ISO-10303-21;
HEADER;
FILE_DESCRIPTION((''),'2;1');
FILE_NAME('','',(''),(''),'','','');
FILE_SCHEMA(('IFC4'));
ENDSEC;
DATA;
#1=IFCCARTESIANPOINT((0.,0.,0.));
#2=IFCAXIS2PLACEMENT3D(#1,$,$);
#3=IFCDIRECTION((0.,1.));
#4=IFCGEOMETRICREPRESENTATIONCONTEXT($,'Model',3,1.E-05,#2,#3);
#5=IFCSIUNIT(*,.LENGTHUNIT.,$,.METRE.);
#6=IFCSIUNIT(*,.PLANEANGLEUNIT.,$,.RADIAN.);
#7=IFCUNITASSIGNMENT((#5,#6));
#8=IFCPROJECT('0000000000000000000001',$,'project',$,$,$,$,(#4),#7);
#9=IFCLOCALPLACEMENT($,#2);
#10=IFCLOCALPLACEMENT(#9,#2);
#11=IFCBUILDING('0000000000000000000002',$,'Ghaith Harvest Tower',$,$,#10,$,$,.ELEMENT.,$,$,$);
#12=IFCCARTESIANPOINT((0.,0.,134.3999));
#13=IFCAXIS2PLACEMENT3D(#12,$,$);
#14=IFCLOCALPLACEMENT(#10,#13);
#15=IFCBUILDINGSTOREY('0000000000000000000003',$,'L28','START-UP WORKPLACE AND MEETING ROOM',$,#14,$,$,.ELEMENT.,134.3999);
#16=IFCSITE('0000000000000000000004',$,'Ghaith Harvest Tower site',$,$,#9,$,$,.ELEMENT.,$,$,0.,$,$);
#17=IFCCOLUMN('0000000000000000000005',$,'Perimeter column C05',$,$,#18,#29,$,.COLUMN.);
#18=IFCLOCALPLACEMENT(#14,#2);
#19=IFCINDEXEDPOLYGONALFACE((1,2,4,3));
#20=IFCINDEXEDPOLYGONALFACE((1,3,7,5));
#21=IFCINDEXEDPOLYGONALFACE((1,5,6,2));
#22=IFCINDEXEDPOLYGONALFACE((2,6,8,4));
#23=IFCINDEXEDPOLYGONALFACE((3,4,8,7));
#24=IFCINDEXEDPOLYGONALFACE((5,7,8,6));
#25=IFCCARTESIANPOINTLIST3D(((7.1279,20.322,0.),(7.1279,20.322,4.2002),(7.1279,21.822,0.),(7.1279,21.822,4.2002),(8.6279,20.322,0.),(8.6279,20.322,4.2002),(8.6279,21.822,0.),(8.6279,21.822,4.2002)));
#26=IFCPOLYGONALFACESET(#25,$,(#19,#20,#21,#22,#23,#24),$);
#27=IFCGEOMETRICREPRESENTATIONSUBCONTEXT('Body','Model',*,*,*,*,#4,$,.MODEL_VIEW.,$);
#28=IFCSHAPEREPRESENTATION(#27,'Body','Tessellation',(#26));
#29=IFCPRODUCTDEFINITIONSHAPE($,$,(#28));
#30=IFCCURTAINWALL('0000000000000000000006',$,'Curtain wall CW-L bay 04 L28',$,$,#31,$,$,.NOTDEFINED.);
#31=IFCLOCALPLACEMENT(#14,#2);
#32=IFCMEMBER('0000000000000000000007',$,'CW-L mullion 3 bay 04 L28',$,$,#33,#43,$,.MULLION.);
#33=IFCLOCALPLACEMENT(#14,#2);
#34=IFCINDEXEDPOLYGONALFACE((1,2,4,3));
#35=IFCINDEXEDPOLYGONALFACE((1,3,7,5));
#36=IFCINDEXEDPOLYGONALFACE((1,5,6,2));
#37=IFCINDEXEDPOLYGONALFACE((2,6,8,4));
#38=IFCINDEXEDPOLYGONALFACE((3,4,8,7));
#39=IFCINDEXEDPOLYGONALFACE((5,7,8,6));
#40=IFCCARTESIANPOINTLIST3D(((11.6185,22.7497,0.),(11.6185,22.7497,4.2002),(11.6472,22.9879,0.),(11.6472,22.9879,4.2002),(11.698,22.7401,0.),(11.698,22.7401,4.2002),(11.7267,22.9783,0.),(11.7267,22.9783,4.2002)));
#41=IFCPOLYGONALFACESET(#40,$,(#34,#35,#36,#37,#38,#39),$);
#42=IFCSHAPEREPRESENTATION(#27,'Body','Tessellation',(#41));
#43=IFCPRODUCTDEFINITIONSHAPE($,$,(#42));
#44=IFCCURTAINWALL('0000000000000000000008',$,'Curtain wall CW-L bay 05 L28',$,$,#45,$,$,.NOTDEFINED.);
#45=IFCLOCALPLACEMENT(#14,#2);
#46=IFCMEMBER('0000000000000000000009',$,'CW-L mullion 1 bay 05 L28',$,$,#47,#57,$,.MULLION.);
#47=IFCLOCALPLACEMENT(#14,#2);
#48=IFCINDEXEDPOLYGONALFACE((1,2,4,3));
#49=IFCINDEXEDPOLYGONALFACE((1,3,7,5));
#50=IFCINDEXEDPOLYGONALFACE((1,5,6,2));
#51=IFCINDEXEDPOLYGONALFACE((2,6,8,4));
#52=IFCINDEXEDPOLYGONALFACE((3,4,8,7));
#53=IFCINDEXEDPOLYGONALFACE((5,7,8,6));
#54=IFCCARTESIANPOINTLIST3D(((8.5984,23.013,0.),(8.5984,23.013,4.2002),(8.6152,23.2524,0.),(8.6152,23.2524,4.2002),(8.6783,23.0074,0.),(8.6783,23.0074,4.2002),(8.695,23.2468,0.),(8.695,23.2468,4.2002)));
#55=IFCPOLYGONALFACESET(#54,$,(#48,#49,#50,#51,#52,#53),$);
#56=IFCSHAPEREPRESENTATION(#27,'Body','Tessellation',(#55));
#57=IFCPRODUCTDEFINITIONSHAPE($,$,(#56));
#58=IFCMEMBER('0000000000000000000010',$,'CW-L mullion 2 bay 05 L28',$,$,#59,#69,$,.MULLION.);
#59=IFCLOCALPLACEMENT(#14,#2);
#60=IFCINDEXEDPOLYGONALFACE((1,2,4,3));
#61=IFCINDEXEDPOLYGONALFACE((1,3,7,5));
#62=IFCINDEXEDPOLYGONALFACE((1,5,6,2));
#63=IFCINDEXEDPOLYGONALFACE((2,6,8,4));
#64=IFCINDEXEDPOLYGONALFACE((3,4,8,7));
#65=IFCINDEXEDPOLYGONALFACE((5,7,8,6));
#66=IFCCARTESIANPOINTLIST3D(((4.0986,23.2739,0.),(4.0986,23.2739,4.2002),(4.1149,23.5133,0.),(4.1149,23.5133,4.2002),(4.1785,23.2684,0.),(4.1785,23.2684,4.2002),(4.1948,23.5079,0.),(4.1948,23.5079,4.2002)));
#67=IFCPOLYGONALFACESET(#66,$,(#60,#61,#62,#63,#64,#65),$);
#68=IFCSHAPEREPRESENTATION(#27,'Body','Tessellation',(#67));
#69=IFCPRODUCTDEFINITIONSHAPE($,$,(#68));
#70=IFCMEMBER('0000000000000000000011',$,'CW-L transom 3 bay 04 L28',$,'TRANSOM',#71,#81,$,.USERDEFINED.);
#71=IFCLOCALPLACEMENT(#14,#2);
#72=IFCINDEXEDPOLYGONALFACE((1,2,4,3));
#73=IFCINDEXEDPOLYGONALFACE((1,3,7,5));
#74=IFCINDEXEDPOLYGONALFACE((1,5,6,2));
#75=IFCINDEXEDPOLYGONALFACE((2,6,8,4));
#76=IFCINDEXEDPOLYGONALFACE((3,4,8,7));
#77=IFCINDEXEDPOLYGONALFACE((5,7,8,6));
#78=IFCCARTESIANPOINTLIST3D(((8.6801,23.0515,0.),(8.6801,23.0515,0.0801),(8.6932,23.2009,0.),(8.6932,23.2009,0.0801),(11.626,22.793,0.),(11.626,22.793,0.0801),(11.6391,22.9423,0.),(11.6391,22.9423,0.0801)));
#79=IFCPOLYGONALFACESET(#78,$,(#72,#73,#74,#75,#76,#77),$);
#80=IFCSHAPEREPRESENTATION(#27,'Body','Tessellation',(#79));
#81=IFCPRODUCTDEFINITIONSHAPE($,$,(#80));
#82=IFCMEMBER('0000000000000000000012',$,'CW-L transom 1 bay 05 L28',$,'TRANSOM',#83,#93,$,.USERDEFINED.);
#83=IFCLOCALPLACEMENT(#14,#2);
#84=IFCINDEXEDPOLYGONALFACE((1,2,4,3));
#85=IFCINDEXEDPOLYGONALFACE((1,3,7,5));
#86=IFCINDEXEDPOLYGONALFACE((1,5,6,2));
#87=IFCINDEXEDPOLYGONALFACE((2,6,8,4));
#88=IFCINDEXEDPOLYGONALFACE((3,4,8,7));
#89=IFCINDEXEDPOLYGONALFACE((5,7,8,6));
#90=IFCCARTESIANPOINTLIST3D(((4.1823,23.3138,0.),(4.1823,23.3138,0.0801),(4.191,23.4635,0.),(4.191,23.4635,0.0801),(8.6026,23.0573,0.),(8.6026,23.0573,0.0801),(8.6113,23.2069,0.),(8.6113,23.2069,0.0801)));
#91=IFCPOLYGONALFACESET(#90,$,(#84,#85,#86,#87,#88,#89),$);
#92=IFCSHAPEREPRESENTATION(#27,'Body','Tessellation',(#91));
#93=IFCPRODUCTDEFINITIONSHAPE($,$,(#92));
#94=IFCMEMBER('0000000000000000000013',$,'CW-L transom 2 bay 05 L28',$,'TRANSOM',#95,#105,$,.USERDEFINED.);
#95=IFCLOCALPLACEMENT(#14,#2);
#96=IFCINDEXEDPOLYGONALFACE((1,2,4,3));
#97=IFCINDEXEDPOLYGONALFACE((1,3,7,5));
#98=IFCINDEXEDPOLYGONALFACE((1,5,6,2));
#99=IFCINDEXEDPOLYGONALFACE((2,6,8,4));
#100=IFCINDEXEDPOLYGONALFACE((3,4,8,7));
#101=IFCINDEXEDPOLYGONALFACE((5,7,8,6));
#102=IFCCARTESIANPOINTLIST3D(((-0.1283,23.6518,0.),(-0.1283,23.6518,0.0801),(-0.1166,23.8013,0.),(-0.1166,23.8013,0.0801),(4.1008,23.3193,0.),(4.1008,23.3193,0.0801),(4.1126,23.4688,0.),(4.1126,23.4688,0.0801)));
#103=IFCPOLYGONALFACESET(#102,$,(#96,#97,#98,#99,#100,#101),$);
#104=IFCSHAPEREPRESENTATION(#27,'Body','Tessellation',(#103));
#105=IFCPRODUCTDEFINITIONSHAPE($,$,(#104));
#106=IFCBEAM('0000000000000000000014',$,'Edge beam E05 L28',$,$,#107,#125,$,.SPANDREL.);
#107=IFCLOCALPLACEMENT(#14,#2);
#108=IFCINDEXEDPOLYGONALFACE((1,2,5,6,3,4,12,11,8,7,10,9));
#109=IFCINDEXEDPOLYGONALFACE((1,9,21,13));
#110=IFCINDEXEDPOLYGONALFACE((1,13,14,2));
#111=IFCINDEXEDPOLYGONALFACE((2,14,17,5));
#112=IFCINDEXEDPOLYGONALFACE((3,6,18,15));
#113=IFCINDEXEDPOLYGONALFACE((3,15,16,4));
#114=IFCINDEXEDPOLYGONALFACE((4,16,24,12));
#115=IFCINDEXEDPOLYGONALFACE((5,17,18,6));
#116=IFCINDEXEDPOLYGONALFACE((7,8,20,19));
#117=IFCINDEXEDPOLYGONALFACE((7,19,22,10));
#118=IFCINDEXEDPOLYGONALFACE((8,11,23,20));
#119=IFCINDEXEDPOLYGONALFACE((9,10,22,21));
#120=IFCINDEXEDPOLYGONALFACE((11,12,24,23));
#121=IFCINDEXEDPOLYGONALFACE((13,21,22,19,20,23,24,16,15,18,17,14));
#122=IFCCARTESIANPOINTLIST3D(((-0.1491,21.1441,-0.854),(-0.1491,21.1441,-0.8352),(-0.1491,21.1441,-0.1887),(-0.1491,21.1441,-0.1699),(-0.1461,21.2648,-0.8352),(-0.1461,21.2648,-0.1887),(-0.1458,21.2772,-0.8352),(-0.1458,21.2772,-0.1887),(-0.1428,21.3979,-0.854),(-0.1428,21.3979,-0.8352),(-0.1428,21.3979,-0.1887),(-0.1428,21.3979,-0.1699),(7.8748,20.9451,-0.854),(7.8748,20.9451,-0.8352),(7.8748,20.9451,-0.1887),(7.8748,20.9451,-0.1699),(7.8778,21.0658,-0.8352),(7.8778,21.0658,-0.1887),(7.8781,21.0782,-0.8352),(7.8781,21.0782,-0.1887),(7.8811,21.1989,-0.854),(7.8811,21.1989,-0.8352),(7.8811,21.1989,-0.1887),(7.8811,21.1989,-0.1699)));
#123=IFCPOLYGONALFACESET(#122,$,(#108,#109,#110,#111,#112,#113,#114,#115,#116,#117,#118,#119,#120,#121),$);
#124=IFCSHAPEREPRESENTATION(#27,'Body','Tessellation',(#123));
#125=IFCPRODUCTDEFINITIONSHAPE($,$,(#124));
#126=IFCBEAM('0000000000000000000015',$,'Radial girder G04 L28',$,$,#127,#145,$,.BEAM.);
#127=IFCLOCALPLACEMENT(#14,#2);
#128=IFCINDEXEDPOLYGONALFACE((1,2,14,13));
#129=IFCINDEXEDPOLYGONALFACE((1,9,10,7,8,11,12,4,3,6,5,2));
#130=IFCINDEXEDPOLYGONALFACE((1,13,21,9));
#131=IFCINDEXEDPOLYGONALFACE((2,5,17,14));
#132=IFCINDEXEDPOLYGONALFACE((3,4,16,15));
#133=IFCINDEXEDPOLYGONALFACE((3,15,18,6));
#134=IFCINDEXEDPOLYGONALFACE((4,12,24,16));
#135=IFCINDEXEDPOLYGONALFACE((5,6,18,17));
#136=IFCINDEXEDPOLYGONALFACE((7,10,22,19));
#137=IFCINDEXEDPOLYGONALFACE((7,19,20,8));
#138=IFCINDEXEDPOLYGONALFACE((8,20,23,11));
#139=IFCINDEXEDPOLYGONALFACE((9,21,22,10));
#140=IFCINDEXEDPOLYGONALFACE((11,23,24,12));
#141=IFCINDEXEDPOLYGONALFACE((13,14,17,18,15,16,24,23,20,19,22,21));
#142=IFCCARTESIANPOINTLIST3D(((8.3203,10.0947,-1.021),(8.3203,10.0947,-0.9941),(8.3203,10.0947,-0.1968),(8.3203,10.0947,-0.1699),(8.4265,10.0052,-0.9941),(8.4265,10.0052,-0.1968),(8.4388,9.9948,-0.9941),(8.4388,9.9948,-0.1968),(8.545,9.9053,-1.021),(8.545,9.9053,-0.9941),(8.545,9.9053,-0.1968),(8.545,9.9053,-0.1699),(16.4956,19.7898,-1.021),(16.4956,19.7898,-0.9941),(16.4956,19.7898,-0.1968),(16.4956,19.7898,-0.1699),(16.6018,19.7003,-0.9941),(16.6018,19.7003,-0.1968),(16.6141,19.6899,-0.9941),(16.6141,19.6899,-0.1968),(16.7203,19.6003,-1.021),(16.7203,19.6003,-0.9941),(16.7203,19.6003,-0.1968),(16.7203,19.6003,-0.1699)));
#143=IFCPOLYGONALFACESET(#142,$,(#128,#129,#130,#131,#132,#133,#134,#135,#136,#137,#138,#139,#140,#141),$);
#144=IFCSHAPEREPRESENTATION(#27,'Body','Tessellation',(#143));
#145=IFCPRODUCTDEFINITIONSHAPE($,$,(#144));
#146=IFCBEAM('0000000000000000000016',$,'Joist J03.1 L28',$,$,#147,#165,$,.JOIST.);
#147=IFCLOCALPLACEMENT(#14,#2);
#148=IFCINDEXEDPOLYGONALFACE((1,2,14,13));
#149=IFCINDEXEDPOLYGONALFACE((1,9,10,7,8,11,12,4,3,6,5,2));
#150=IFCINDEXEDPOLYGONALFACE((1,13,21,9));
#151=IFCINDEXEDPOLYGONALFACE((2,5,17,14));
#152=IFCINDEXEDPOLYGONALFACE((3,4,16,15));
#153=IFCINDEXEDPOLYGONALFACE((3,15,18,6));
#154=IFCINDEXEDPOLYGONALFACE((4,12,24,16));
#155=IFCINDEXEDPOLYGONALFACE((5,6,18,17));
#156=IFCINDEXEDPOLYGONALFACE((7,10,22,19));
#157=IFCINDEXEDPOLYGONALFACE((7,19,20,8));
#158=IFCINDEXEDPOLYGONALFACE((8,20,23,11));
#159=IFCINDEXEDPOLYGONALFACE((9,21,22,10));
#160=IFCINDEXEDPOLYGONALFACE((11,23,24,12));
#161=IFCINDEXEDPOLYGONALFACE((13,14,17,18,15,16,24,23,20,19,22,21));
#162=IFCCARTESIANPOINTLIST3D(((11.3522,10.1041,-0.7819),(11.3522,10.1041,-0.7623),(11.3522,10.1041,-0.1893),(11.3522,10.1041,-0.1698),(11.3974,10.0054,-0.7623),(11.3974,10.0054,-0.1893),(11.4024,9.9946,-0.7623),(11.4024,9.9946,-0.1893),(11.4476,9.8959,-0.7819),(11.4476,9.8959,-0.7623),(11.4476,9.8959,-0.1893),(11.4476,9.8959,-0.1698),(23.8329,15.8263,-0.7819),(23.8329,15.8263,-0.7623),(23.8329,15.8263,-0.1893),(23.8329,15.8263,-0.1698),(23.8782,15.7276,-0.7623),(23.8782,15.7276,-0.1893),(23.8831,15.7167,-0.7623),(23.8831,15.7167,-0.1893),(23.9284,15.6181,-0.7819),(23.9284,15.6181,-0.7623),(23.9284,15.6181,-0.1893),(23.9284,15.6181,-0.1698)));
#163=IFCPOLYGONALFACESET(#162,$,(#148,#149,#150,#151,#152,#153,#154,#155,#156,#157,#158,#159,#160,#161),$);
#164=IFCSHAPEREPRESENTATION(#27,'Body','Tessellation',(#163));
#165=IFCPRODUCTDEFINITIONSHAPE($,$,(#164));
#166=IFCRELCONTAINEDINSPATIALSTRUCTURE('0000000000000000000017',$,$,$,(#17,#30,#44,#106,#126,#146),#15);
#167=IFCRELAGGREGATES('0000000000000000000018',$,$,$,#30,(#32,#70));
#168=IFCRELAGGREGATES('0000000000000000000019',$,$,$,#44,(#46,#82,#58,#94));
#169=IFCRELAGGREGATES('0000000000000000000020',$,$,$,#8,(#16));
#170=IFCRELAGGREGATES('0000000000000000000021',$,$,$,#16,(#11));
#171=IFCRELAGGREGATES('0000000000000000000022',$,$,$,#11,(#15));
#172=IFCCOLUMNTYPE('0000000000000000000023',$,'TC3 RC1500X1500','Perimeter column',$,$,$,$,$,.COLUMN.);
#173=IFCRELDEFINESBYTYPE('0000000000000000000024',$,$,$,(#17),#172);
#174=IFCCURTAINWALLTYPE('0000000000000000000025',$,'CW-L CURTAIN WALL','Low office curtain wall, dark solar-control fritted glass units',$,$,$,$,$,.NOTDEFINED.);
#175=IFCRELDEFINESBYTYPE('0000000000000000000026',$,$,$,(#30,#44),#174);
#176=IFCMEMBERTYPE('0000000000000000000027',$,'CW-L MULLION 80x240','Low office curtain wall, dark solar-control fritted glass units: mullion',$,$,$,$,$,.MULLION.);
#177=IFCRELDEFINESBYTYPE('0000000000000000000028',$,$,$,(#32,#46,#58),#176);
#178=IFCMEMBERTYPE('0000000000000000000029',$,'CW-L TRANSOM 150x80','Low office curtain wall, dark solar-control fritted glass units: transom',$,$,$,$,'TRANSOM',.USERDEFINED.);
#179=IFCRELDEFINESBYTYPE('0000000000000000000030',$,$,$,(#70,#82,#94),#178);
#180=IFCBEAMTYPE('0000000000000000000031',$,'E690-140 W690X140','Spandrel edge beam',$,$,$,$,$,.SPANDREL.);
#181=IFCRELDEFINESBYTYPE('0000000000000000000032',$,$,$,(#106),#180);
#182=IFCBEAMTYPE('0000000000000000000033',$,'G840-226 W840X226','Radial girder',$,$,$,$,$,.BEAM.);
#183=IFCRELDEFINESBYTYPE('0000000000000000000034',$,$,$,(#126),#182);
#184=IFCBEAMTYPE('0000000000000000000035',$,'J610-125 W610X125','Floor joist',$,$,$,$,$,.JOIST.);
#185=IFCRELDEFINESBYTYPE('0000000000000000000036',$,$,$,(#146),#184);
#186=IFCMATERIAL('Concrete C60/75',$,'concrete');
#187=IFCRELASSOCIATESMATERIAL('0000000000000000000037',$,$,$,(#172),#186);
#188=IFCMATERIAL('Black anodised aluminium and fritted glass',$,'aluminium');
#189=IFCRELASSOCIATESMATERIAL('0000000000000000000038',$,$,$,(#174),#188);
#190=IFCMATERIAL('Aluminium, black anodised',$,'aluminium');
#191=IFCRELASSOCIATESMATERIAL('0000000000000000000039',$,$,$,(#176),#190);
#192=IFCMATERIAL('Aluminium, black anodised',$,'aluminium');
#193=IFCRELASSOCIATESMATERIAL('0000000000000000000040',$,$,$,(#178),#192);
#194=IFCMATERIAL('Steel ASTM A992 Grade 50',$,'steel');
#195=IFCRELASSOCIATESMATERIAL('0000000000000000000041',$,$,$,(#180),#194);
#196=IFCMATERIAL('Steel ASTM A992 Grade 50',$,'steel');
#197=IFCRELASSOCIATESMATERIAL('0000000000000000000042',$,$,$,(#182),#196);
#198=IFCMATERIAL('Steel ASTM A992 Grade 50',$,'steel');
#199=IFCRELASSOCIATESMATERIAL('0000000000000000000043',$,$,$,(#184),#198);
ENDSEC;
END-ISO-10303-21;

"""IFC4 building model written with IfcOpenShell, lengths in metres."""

from ifc_helpers import new_model, si_unit, direction, frame, origin, origin_2d, place, context, subcontext, project, spatial, rectangle, i_section, extrude, material, material_profile, profile_set, type_object, element, aggregate, save


model = new_model("IFC4")

# Units and contexts
model_context = context("Model", 3, precision=1e-05, world=origin(), true_north=direction((0.0, 1.0)))
body_context = subcontext(model_context, "Body", "Model", "MODEL_VIEW")
ifc_project = project(units=[si_unit("LENGTHUNIT", "METRE"), si_unit("PLANEANGLEUNIT", "RADIAN")], contexts=[model_context])

# Site, building, storey
site_placement = place(None, origin())
site = spatial("IfcSite", under=ifc_project, at=site_placement, Name="Ghaith Harvest Tower site", CompositionType="ELEMENT", RefElevation=0.0)
building_placement = place(site_placement, origin())
building = spatial("IfcBuilding", under=site, at=building_placement, Name="Ghaith Harvest Tower", CompositionType="ELEMENT")
storey_placement = place(building_placement, frame((0.0, 0.0, 134.3999)))
storey = spatial("IfcBuildingStorey", under=building, at=storey_placement, Name="L28", Description="START-UP WORKPLACE AND MEETING ROOM", CompositionType="ELEMENT", Elevation=134.3999)

# Column
ifc_material_1 = material(Name="Concrete C60/75", Category="concrete")
ifc_material_profile_1 = material_profile(ifc_material_1, rectangle(XDim=1.5, YDim=1.5, at=origin_2d()), Name="RC1500X1500")
ifc_profile_set_1 = profile_set([ifc_material_profile_1], Name="Concrete C60/75")
column_type = type_object("IfcColumnType", Name="TC3 RC1500X1500", Description="Perimeter column", PredefinedType="COLUMN", material=ifc_profile_set_1)
column_placement = place(storey_placement, frame((7.8779, 21.072, 0.0), z_axis=(0.0, 0.0, 1.0), x_axis=(1.0, 0.0, 0.0)))
element("IfcColumn", 1, at=column_placement, inside=storey, type_object=column_type, Name="Perimeter column C05", PredefinedType="COLUMN", context=body_context, shape_type="SweptSolid", body=[
    extrude(rectangle(XDim=1.5, YDim=1.5, at=origin_2d()), origin(), (0.0, 0.0, 1.0), 4.2002),
])

# Curtain wall, member
ifc_material_2 = material(Name="Black anodised aluminium and fritted glass", Category="aluminium")
curtain_wall_type = type_object("IfcCurtainWallType", Name="CW-L CURTAIN WALL", Description="Low office curtain wall, dark solar-control fritted glass units", PredefinedType="NOTDEFINED", material=ifc_material_2)
curtain_wall_1_placement = place(storey_placement, origin())
curtain_wall_1 = element("IfcCurtainWall", 2, at=curtain_wall_1_placement, inside=storey, type_object=curtain_wall_type, Name="Curtain wall CW-L bay 04 L28", PredefinedType="NOTDEFINED")
ifc_material_3 = material(Name="Aluminium, black anodised", Category="aluminium")
ifc_material_profile_2 = material_profile(ifc_material_3, rectangle(XDim=0.0801, YDim=0.24, at=origin_2d()), Name="CW-L MULLION 80x240")
ifc_profile_set_2 = profile_set([ifc_material_profile_2], Name="Aluminium, black anodised")
member_type_1 = type_object("IfcMemberType", Name="CW-L MULLION 80x240", Description="Low office curtain wall, dark solar-control fritted glass units: mullion", PredefinedType="MULLION", material=ifc_profile_set_2)
member_1_placement = place(storey_placement, frame((11.6726, 22.864, 0.0), z_axis=(0.0, 0.0, 1.0), x_axis=(-0.9928, 0.11978, 0.0)))
member_1 = element("IfcMember", 3, at=member_1_placement, type_object=member_type_1, Name="CW-L mullion 3 bay 04 L28", PredefinedType="MULLION", context=body_context, shape_type="SweptSolid", body=[
    extrude(rectangle(XDim=0.0801, YDim=0.24, at=origin_2d()), origin(), (0.0, 0.0, 1.0), 4.2002),
])

# Curtain wall, members
curtain_wall_2_placement = place(storey_placement, origin())
curtain_wall_2 = element("IfcCurtainWall", 4, at=curtain_wall_2_placement, inside=storey, type_object=curtain_wall_type, Name="Curtain wall CW-L bay 05 L28", PredefinedType="NOTDEFINED")
member_2_placement = place(storey_placement, frame((8.6467, 23.1299, 0.0), z_axis=(0.0, 0.0, 1.0), x_axis=(-0.997559, 0.069832, 0.0)))
member_2 = element("IfcMember", 5, at=member_2_placement, type_object=member_type_1, Name="CW-L mullion 1 bay 05 L28", PredefinedType="MULLION", context=body_context, shape_type="SweptSolid", body=[
    extrude(rectangle(XDim=0.0801, YDim=0.24, at=origin_2d()), origin(), (0.0, 0.0, 1.0), 4.2002),
])
member_3_placement = place(storey_placement, frame((4.1467, 23.3909, 0.0), z_axis=(0.0, 0.0, 1.0), x_axis=(-0.99769, 0.067933, 0.0)))
member_3 = element("IfcMember", 6, at=member_3_placement, type_object=member_type_1, Name="CW-L mullion 2 bay 05 L28", PredefinedType="MULLION", context=body_context, shape_type="SweptSolid", body=[
    extrude(rectangle(XDim=0.0801, YDim=0.24, at=origin_2d()), origin(), (0.0, 0.0, 1.0), 4.2002),
])

# Members
ifc_material_4 = material(Name="Aluminium, black anodised", Category="aluminium")
ifc_material_profile_3 = material_profile(ifc_material_4, rectangle(XDim=0.1499, YDim=0.0801, at=origin_2d()), Name="CW-L TRANSOM 150x80")
ifc_profile_set_3 = profile_set([ifc_material_profile_3], Name="Aluminium, black anodised")
member_type_2 = type_object("IfcMemberType", Name="CW-L TRANSOM 150x80", Description="Low office curtain wall, dark solar-control fritted glass units: transom", ElementType="TRANSOM", PredefinedType="USERDEFINED", material=ifc_profile_set_3)
member_4_placement = place(storey_placement, frame((11.6326, 22.8677, 0.04), z_axis=(-0.996171, 0.087424, 0.0), x_axis=(-0.087424, -0.996171, 0.0)))
member_4 = element("IfcMember", 7, at=member_4_placement, type_object=member_type_2, Name="CW-L transom 3 bay 04 L28", ObjectType="TRANSOM", PredefinedType="USERDEFINED", context=body_context, shape_type="SweptSolid", body=[
    extrude(rectangle(XDim=0.1499, YDim=0.0801, at=origin_2d()), origin(), (0.0, 0.0, 1.0), 2.9573),
])
member_5_placement = place(storey_placement, frame((8.6069, 23.1321, 0.04), z_axis=(-0.99832, 0.05795, 0.0), x_axis=(-0.05795, -0.99832, 0.0)))
member_5 = element("IfcMember", 8, at=member_5_placement, type_object=member_type_2, Name="CW-L transom 1 bay 05 L28", ObjectType="TRANSOM", PredefinedType="USERDEFINED", context=body_context, shape_type="SweptSolid", body=[
    extrude(rectangle(XDim=0.1499, YDim=0.0801, at=origin_2d()), origin(), (0.0, 0.0, 1.0), 4.4277),
])
member_6_placement = place(storey_placement, frame((4.1067, 23.394, 0.04), z_axis=(-0.996923, 0.078382, 0.0), x_axis=(-0.078382, -0.996923, 0.0)))
member_6 = element("IfcMember", 9, at=member_6_placement, type_object=member_type_2, Name="CW-L transom 2 bay 05 L28", ObjectType="TRANSOM", PredefinedType="USERDEFINED", context=body_context, shape_type="SweptSolid", body=[
    extrude(rectangle(XDim=0.1499, YDim=0.0801, at=origin_2d()), origin(), (0.0, 0.0, 1.0), 4.2422),
])

# Beams
ifc_material_5 = material(Name="Steel ASTM A992 Grade 50", Category="steel")
ifc_material_profile_4 = material_profile(ifc_material_5, i_section(OverallWidth=0.2539, OverallDepth=0.6841, WebThickness=0.0125, FlangeThickness=0.0188, at=origin_2d()), Name="W690X140")
ifc_profile_set_4 = profile_set([ifc_material_profile_4], Name="Steel ASTM A992 Grade 50")
beam_type_1 = type_object("IfcBeamType", Name="E690-140 W690X140", Description="Spandrel edge beam", PredefinedType="SPANDREL", material=ifc_profile_set_4)
beam_1_placement = place(storey_placement, frame((7.8779, 21.072, -0.512), z_axis=(-0.999693, 0.02479, 0.0), x_axis=(-0.02479, -0.999693, 0.0)))
element("IfcBeam", 10, at=beam_1_placement, inside=storey, type_object=beam_type_1, Name="Edge beam E05 L28", PredefinedType="SPANDREL", context=body_context, shape_type="SweptSolid", body=[
    extrude(i_section(OverallWidth=0.2539, OverallDepth=0.6841, WebThickness=0.0125, FlangeThickness=0.0188, at=origin_2d()), origin(), (0.0, 0.0, 1.0), 8.0264),
])
ifc_material_6 = material(Name="Steel ASTM A992 Grade 50", Category="steel")
ifc_material_profile_5 = material_profile(ifc_material_6, i_section(OverallWidth=0.2939, OverallDepth=0.8511, WebThickness=0.0161, FlangeThickness=0.0269, at=origin_2d()), Name="W840X226")
ifc_profile_set_5 = profile_set([ifc_material_profile_5], Name="Steel ASTM A992 Grade 50")
beam_type_2 = type_object("IfcBeamType", Name="G840-226 W840X226", Description="Radial girder", PredefinedType="BEAM", material=ifc_profile_set_5)
beam_2_placement = place(storey_placement, frame((8.4326, 10.0, -0.5955), z_axis=(0.644644, 0.764483, 0.0), x_axis=(-0.764483, 0.644644, 0.0)))
element("IfcBeam", 11, at=beam_2_placement, inside=storey, type_object=beam_type_2, Name="Radial girder G04 L28", PredefinedType="BEAM", context=body_context, shape_type="SweptSolid", body=[
    extrude(i_section(OverallWidth=0.2939, OverallDepth=0.8511, WebThickness=0.0161, FlangeThickness=0.0269, at=origin_2d()), origin(), (0.0, 0.0, 1.0), 12.6819),
])
ifc_material_7 = material(Name="Steel ASTM A992 Grade 50", Category="steel")
ifc_material_profile_6 = material_profile(ifc_material_7, i_section(OverallWidth=0.229, OverallDepth=0.6121, WebThickness=0.012, FlangeThickness=0.0195, at=origin_2d()), Name="W610X125")
ifc_profile_set_6 = profile_set([ifc_material_profile_6], Name="Steel ASTM A992 Grade 50")
beam_type_3 = type_object("IfcBeamType", Name="J610-125 W610X125", Description="Floor joist", PredefinedType="JOIST", material=ifc_profile_set_6)
beam_3_placement = place(storey_placement, frame((11.3999, 10.0, -0.4758), z_axis=(0.909014, 0.416766, 0.0), x_axis=(-0.416766, 0.909014, 0.0)))
element("IfcBeam", 12, at=beam_3_placement, inside=storey, type_object=beam_type_3, Name="Joist J03.1 L28", PredefinedType="JOIST", context=body_context, shape_type="SweptSolid", body=[
    extrude(i_section(OverallWidth=0.229, OverallDepth=0.6121, WebThickness=0.012, FlangeThickness=0.0195, at=origin_2d()), origin(), (0.0, 0.0, 1.0), 13.73),
])

aggregate(curtain_wall_1, [member_1, member_4])
aggregate(curtain_wall_2, [member_2, member_5, member_3, member_6])

save(model, "model.ifc")
